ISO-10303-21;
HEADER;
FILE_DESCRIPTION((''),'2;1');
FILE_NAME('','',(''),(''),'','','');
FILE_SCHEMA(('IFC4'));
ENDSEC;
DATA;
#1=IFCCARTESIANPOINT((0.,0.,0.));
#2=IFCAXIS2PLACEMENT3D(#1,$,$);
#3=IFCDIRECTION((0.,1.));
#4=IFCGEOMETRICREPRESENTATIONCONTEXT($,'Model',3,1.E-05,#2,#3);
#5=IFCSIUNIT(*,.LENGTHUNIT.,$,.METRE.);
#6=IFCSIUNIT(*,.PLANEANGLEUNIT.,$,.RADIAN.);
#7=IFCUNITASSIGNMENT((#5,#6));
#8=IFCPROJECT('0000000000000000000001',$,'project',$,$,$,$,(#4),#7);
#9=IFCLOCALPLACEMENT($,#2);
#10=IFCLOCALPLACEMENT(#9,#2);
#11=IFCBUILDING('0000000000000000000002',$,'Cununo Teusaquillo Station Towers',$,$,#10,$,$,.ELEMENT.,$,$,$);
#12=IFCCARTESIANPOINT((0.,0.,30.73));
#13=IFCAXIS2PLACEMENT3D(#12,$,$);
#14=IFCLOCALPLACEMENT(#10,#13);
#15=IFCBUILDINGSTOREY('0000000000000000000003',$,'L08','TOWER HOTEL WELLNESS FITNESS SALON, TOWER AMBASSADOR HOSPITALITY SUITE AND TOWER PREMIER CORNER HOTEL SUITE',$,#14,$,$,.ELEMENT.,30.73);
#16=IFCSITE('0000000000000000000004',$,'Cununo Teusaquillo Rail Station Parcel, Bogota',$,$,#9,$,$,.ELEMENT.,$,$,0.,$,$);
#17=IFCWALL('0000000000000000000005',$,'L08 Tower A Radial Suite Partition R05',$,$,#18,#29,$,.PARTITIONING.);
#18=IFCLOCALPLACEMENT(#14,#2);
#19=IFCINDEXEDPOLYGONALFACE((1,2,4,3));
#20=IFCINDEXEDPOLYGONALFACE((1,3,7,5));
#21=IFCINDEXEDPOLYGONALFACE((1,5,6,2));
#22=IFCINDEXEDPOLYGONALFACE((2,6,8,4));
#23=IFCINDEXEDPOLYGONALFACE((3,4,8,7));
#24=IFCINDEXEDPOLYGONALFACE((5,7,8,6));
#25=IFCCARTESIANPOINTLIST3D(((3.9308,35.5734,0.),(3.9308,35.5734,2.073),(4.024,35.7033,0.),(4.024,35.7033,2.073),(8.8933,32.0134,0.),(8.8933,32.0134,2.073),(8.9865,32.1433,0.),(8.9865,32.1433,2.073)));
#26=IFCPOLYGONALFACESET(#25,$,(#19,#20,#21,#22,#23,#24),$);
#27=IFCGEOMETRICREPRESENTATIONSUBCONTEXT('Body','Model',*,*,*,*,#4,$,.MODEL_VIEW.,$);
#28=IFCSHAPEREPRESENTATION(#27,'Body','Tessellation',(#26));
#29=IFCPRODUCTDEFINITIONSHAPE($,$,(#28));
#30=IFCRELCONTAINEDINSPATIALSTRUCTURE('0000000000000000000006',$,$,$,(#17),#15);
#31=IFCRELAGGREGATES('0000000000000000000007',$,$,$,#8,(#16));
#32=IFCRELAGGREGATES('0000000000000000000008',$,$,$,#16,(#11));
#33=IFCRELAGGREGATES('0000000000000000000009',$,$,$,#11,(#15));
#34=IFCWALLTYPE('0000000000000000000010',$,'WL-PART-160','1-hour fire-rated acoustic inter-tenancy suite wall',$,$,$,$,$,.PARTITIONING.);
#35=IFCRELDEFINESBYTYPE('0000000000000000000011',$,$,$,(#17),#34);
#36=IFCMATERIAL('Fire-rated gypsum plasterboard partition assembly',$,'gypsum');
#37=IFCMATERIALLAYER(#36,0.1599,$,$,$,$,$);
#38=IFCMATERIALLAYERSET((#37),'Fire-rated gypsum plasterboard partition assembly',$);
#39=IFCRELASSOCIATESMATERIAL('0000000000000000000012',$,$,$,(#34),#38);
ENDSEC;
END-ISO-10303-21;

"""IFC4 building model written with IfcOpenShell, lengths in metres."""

from ifc_helpers import new_model, si_unit, direction, frame, frame_2d, origin, place, context, subcontext, project, spatial, rectangle, extrude, material, layer, layer_set, type_object, element, save


model = new_model("IFC4")

# Units and contexts
model_context = context("Model", 3, precision=1e-05, world=origin(), true_north=direction((0.0, 1.0)))
body_context = subcontext(model_context, "Body", "Model", "MODEL_VIEW")
ifc_project = project(units=[si_unit("LENGTHUNIT", "METRE"), si_unit("PLANEANGLEUNIT", "RADIAN")], contexts=[model_context])

# Site, building, storey
site_placement = place(None, origin())
site = spatial("IfcSite", under=ifc_project, at=site_placement, Name="Cununo Teusaquillo Rail Station Parcel, Bogota", CompositionType="ELEMENT", RefElevation=0.0)
building_placement = place(site_placement, origin())
building = spatial("IfcBuilding", under=site, at=building_placement, Name="Cununo Teusaquillo Station Towers", CompositionType="ELEMENT")
storey_placement = place(building_placement, frame((0.0, 0.0, 30.73)))
storey = spatial("IfcBuildingStorey", under=building, at=storey_placement, Name="L08", Description="TOWER HOTEL WELLNESS FITNESS SALON, TOWER AMBASSADOR HOSPITALITY SUITE AND TOWER PREMIER CORNER HOTEL SUITE", CompositionType="ELEMENT", Elevation=30.73)

# Wall
ifc_material_1 = material(Name="Fire-rated gypsum plasterboard partition assembly", Category="gypsum")
ifc_layer_1 = layer(ifc_material_1, 0.1599)
ifc_layer_set_1 = layer_set([ifc_layer_1], Name="Fire-rated gypsum plasterboard partition assembly")
wall_type_1 = type_object("IfcWallType", Name="WL-PART-160", Description="1-hour fire-rated acoustic inter-tenancy suite wall", PredefinedType="PARTITIONING", material=ifc_layer_set_1)
wall_1_placement = place(storey_placement, frame((8.9399, 32.0784, 0.0), z_axis=(0.0, 0.0, 1.0), x_axis=(-0.812546, 0.582897, 0.0)))
element("IfcWall", 1, at=wall_1_placement, inside=storey, type_object=wall_type_1, Name="L08 Tower A Radial Suite Partition R05", PredefinedType="PARTITIONING", context=body_context, shape_type="SweptSolid", body=[
    extrude(rectangle(XDim=6.1074, YDim=0.1599, at=frame_2d((3.0537, 0.0))), origin(), (0.0, 0.0, 1.0), 2.073),
])

save(model, "model.ifc")
